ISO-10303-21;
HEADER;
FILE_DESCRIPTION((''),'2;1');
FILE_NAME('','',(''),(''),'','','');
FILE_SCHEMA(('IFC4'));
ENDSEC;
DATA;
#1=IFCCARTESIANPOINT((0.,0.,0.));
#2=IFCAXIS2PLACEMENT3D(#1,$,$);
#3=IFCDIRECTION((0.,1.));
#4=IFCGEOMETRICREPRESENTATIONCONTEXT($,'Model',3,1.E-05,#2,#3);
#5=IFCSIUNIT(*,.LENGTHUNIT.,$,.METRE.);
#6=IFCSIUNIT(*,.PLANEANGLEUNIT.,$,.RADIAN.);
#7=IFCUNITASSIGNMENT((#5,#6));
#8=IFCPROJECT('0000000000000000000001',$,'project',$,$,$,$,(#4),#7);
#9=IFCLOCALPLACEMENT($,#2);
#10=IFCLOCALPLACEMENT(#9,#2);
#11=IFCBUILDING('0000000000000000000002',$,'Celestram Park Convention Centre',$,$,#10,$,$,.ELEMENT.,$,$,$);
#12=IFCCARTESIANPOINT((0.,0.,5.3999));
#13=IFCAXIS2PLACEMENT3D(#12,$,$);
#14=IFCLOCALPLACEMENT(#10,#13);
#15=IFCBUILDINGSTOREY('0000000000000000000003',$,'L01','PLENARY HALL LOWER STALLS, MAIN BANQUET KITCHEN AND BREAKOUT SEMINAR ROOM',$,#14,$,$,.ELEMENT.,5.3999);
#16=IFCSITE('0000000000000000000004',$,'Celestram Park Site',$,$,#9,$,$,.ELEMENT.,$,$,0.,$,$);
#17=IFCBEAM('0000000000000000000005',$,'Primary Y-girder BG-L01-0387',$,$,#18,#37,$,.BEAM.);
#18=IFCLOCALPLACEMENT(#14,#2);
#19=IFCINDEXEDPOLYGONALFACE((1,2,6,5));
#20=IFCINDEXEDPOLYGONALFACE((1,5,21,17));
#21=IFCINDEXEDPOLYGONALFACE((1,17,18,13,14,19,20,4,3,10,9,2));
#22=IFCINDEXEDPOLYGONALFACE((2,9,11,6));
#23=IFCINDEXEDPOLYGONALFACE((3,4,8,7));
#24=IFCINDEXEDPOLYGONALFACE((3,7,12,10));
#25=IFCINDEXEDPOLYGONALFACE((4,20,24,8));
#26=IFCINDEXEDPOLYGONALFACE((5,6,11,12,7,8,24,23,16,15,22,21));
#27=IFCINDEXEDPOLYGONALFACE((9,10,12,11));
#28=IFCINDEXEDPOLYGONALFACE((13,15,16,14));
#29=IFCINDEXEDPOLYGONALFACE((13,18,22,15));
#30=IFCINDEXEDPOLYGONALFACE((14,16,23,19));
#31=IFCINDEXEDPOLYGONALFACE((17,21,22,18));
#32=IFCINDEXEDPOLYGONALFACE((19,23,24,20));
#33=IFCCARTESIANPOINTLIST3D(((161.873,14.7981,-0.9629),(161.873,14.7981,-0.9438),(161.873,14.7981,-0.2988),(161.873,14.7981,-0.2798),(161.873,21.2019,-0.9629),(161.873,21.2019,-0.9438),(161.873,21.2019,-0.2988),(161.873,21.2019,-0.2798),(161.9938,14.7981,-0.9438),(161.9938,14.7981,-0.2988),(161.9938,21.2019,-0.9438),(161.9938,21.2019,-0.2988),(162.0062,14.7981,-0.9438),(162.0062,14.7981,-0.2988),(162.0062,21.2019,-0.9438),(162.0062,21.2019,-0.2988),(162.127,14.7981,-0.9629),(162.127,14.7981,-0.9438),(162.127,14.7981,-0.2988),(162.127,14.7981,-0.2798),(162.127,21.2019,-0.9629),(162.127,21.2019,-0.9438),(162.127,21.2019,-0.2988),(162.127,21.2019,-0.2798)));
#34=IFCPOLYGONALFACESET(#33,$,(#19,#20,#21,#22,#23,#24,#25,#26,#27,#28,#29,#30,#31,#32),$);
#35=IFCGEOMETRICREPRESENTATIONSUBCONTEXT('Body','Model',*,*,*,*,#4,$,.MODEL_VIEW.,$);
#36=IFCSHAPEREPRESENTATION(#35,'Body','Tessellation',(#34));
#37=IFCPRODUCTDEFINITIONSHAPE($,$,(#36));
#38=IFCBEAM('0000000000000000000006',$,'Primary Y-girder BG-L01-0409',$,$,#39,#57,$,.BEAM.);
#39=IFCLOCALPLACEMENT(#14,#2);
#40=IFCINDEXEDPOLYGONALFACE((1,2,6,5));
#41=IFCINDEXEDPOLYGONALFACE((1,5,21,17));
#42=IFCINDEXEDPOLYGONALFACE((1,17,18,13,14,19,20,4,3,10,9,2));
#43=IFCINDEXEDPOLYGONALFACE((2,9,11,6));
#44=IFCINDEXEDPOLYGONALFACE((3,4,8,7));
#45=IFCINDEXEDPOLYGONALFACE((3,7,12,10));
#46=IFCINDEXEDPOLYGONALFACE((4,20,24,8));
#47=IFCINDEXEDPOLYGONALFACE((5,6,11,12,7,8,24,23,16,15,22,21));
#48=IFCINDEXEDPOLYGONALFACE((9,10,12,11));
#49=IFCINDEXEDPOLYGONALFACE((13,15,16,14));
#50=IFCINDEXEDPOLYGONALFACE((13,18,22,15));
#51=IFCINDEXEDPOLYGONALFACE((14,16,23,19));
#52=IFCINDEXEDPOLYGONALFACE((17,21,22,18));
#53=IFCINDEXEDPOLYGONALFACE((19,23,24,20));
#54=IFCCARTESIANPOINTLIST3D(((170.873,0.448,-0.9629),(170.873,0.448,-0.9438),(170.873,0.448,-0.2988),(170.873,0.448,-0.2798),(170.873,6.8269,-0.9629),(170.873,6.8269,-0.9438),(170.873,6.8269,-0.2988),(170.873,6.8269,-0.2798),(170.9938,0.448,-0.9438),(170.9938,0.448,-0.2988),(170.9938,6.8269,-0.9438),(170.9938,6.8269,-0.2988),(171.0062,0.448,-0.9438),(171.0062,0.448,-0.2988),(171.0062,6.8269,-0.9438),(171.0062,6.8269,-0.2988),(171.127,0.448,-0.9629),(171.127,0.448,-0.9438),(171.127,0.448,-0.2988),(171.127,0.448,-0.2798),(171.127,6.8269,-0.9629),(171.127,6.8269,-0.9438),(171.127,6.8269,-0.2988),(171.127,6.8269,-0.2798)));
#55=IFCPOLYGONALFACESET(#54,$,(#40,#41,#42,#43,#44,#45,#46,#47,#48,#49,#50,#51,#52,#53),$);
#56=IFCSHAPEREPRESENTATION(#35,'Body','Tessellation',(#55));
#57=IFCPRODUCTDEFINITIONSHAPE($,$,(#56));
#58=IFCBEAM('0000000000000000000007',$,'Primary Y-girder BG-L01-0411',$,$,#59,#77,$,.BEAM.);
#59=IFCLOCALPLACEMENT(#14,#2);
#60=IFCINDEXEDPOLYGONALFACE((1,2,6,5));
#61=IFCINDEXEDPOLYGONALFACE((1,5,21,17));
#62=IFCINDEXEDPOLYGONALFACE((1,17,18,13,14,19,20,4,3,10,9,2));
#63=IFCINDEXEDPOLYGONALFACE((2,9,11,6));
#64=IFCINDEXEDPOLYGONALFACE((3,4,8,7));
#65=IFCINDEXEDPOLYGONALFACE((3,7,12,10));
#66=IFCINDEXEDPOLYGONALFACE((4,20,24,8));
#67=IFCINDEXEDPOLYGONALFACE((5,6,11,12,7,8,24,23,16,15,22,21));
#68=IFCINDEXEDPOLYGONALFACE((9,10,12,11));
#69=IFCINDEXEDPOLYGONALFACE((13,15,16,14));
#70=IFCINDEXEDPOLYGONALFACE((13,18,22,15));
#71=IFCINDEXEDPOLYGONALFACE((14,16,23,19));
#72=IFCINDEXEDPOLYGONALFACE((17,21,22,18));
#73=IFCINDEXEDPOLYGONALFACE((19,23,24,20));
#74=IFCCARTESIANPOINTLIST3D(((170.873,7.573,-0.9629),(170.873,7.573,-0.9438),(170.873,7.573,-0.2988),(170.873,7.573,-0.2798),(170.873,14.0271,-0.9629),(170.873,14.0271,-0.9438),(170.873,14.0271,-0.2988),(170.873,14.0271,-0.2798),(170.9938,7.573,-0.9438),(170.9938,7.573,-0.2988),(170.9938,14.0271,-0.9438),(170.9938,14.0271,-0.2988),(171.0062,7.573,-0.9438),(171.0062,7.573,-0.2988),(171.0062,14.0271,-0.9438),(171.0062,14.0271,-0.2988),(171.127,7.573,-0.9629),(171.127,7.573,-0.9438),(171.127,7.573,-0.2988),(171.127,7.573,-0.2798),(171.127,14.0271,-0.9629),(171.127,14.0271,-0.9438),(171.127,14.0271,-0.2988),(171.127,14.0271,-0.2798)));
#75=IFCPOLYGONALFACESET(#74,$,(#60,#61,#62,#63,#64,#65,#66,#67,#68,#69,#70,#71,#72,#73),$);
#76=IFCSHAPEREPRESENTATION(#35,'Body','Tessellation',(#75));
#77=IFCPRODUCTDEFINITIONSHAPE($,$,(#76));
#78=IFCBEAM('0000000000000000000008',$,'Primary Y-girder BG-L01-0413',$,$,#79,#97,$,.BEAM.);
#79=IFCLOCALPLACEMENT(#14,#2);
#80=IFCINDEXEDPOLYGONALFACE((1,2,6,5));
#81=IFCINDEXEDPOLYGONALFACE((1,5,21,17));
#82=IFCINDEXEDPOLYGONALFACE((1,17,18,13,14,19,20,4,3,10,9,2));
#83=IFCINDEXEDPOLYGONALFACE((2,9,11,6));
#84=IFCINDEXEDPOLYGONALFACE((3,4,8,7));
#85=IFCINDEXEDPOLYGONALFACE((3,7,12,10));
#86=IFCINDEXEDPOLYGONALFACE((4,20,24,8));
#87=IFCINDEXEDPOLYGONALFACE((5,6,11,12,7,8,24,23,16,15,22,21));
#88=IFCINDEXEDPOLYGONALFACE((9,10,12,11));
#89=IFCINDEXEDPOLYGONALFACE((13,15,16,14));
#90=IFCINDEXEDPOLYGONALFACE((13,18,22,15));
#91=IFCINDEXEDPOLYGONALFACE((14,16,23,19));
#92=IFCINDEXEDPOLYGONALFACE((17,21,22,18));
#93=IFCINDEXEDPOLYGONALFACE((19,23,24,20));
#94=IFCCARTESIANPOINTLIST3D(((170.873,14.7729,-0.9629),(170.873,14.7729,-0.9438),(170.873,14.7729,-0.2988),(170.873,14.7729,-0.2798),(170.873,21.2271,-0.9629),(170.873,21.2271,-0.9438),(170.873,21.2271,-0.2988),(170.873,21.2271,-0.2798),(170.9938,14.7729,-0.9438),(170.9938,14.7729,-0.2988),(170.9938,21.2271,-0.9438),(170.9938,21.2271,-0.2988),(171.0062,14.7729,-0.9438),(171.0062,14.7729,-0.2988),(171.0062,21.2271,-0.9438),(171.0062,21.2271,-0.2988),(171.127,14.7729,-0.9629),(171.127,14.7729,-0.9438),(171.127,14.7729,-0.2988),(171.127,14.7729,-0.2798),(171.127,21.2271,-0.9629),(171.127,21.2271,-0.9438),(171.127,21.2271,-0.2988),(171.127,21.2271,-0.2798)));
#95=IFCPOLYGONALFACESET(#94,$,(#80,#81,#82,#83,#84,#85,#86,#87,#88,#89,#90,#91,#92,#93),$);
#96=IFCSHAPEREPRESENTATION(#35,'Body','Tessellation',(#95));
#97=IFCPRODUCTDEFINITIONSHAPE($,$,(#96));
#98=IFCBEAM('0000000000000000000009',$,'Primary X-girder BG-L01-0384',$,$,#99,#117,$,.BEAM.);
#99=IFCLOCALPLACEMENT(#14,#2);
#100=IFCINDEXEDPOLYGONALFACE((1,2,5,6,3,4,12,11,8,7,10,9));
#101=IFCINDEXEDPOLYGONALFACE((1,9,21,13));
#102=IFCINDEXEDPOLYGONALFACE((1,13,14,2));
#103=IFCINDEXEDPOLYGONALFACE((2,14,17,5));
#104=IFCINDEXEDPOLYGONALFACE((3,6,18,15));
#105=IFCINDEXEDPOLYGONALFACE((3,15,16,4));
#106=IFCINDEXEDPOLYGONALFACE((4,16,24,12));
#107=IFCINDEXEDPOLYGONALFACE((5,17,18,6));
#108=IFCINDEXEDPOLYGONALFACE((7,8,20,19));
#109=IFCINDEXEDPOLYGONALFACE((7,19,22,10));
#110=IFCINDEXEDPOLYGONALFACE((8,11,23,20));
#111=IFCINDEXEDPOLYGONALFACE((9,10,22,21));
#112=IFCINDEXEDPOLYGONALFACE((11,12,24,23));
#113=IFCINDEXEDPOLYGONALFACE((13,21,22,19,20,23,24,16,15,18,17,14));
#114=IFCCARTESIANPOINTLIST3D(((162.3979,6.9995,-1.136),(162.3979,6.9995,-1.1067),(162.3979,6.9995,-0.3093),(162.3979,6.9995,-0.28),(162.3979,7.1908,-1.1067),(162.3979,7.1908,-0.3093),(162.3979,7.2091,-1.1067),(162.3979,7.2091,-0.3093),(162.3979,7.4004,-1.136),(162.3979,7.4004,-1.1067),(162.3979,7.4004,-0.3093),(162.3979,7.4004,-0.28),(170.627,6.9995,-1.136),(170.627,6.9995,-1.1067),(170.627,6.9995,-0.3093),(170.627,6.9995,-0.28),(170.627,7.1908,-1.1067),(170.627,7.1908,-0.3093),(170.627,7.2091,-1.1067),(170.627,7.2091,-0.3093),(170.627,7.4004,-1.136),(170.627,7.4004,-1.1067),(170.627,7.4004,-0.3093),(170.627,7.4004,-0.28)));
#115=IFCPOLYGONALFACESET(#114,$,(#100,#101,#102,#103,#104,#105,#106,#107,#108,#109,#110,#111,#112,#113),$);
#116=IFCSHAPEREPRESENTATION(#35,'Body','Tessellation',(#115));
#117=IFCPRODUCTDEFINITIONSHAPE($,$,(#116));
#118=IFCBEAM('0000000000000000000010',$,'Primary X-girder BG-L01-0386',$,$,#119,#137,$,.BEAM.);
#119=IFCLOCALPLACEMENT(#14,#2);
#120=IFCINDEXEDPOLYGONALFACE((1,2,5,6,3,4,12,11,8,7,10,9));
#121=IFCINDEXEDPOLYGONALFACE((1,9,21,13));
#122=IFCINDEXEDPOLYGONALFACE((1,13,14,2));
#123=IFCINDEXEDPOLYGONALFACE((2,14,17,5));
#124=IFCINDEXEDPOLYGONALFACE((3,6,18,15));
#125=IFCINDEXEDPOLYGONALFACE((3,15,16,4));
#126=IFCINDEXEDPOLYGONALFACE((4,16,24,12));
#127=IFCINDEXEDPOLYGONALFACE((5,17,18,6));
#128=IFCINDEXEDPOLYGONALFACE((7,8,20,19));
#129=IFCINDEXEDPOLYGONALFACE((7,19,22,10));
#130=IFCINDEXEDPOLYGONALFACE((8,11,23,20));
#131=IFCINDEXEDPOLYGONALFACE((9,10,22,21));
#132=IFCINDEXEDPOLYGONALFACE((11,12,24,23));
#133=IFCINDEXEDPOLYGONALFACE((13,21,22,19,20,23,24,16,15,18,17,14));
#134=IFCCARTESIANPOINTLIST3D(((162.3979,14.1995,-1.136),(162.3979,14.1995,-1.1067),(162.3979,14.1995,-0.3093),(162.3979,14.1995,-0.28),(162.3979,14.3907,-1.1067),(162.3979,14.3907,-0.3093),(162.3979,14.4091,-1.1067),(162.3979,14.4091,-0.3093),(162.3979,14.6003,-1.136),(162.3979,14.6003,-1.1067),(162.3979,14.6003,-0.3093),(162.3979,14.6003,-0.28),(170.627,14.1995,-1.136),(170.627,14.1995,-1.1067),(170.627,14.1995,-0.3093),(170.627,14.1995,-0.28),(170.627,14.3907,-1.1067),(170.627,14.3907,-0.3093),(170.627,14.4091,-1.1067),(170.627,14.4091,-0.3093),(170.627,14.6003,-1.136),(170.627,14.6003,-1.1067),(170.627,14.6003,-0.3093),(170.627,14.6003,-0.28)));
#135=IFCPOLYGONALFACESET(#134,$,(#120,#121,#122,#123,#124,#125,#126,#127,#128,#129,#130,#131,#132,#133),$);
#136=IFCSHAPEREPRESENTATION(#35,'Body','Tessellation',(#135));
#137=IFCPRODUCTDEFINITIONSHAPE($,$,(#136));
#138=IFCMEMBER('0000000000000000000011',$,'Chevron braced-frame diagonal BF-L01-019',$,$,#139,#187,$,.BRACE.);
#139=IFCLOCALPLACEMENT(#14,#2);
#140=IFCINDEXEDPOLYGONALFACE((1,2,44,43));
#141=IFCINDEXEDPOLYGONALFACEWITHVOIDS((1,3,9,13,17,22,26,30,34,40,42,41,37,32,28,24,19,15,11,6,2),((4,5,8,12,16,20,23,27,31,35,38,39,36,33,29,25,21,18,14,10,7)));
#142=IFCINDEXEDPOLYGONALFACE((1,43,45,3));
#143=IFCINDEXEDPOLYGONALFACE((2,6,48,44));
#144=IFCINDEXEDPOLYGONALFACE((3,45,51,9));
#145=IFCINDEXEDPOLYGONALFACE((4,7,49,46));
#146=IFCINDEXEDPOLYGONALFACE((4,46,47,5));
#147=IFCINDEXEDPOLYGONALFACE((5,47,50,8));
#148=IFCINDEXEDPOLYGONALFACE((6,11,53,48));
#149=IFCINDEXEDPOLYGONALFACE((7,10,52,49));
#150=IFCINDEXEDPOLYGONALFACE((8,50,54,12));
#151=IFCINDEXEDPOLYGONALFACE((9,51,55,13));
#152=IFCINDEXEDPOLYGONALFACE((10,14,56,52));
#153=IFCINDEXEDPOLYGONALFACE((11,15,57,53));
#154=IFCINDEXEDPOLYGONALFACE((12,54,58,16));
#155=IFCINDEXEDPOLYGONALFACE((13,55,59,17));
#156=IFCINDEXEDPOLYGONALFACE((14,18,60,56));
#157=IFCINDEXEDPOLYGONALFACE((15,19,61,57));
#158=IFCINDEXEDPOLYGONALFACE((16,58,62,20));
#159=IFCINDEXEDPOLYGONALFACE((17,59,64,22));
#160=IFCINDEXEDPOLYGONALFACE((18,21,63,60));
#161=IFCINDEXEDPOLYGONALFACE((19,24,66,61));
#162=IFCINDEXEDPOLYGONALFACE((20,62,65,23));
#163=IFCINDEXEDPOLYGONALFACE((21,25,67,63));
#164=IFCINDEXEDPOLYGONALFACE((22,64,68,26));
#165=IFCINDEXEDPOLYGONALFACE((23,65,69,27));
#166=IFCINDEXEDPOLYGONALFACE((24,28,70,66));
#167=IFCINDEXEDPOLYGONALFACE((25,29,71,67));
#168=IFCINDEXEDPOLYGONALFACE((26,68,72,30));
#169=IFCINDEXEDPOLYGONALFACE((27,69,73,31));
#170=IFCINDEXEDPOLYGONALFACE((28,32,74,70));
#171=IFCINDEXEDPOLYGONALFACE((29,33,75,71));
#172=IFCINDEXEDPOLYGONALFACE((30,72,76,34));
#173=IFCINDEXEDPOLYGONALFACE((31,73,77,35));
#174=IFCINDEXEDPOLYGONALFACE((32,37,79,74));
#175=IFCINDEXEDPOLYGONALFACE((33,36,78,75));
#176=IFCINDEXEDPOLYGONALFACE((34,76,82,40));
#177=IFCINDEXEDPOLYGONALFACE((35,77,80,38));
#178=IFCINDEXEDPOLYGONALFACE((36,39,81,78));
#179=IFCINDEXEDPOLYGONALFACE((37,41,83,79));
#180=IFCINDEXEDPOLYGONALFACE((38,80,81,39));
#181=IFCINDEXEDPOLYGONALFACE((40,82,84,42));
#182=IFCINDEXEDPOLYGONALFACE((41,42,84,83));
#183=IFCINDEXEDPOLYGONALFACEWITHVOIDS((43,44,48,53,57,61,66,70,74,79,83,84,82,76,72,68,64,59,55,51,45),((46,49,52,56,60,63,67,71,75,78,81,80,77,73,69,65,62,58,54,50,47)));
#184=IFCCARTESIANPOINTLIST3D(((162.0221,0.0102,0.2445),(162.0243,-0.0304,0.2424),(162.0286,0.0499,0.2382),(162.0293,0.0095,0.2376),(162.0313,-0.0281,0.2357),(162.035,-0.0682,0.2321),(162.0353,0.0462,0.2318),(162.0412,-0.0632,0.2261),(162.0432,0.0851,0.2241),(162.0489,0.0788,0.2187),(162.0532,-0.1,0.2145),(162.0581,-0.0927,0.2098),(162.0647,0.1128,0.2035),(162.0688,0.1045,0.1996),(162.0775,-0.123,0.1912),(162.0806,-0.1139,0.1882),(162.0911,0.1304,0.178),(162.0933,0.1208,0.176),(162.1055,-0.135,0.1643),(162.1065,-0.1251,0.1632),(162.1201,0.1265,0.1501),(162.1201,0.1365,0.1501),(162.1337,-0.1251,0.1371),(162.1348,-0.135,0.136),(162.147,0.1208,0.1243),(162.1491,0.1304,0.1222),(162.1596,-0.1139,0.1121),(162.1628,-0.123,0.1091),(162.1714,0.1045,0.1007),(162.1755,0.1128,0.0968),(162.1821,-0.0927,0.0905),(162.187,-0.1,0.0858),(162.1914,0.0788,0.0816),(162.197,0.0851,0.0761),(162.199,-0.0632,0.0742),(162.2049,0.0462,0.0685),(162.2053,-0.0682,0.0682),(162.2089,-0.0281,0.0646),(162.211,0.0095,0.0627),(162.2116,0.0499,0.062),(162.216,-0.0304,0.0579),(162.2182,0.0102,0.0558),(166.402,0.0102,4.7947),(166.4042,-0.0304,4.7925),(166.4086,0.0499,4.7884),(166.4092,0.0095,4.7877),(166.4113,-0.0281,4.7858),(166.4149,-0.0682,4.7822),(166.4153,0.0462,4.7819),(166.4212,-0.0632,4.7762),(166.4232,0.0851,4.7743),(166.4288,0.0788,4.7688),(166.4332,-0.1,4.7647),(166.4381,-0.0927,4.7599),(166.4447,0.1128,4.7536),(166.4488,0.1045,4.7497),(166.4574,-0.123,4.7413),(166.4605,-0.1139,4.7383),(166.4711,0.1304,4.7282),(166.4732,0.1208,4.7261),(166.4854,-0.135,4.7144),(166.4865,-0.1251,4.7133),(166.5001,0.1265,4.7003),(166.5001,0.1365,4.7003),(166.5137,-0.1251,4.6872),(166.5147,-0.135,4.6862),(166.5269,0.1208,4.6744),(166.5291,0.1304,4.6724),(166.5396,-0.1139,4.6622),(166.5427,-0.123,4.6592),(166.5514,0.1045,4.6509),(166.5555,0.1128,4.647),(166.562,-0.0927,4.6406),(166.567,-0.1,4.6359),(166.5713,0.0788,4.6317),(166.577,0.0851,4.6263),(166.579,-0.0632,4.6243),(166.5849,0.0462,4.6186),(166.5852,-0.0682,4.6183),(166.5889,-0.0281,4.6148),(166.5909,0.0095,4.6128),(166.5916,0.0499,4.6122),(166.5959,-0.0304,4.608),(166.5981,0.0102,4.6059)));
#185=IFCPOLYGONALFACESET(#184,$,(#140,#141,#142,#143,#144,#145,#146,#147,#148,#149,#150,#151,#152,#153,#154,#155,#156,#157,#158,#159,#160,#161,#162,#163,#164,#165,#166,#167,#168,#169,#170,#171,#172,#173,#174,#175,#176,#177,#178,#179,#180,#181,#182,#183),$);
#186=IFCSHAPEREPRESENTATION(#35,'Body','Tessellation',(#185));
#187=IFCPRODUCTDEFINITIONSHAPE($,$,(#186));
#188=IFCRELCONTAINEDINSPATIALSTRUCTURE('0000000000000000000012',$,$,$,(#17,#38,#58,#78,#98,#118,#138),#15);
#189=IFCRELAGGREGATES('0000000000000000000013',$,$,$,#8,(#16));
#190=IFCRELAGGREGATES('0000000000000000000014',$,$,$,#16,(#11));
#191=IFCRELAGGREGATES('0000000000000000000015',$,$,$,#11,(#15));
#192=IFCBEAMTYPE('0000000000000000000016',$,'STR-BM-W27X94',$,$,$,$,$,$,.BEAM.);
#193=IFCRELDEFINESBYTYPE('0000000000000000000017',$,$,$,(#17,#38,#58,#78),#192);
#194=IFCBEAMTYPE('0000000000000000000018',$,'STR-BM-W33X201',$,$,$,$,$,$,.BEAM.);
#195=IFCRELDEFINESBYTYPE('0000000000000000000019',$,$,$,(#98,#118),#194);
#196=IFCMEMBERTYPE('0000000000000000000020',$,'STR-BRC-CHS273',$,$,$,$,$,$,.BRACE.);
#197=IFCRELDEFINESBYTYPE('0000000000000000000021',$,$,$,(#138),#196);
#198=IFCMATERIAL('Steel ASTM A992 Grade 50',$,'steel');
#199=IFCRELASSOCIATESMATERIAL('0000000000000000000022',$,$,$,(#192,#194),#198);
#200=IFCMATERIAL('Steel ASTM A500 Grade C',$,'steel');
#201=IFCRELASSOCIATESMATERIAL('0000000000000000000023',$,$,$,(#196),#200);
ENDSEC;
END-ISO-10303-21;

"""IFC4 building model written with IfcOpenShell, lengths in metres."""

from ifc_helpers import new_model, si_unit, direction, frame, origin, origin_2d, place, context, subcontext, project, spatial, hollow_circle, i_section, extrude, material, material_profile, profile_set, type_object, element, save


model = new_model("IFC4")

# Units and contexts
model_context = context("Model", 3, precision=1e-05, world=origin(), true_north=direction((0.0, 1.0)))
body_context = subcontext(model_context, "Body", "Model", "MODEL_VIEW")
ifc_project = project(units=[si_unit("LENGTHUNIT", "METRE"), si_unit("PLANEANGLEUNIT", "RADIAN")], contexts=[model_context])

# Site, building, storey
site_placement = place(None, origin())
site = spatial("IfcSite", under=ifc_project, at=site_placement, Name="Celestram Park Site", CompositionType="ELEMENT", RefElevation=0.0)
building_placement = place(site_placement, origin())
building = spatial("IfcBuilding", under=site, at=building_placement, Name="Celestram Park Convention Centre", CompositionType="ELEMENT")
storey_placement = place(building_placement, frame((0.0, 0.0, 5.3999)))
storey = spatial("IfcBuildingStorey", under=building, at=storey_placement, Name="L01", Description="PLENARY HALL LOWER STALLS, MAIN BANQUET KITCHEN AND BREAKOUT SEMINAR ROOM", CompositionType="ELEMENT", Elevation=5.3999)

# Beams
ifc_material_1 = material(Name="Steel ASTM A992 Grade 50", Category="steel")
ifc_material_profile_1 = material_profile(ifc_material_1, i_section(OverallWidth=0.2539, OverallDepth=0.6831, WebThickness=0.0125, FlangeThickness=0.019, at=origin_2d()), Name="W27X94")
ifc_profile_set_1 = profile_set([ifc_material_profile_1], Name="Steel ASTM A992 Grade 50")
beam_type_1 = type_object("IfcBeamType", Name="STR-BM-W27X94", PredefinedType="BEAM", material=ifc_profile_set_1)
beam_1_placement = place(storey_placement, frame((162.0, 14.7981, -0.6213), z_axis=(0.0, 1.0, 0.0), x_axis=(-1.0, 0.0, 0.0)))
element("IfcBeam", 1, at=beam_1_placement, inside=storey, type_object=beam_type_1, Name="Primary Y-girder BG-L01-0387", PredefinedType="BEAM", context=body_context, shape_type="SweptSolid", body=[
    extrude(i_section(OverallWidth=0.2539, OverallDepth=0.6831, WebThickness=0.0125, FlangeThickness=0.019, at=origin_2d()), origin(), (0.0, 0.0, 1.0), 6.4038),
])
beam_2_placement = place(storey_placement, frame((171.0, 0.448, -0.6213), z_axis=(0.0, 1.0, 0.0), x_axis=(-1.0, 0.0, 0.0)))
element("IfcBeam", 2, at=beam_2_placement, inside=storey, type_object=beam_type_1, Name="Primary Y-girder BG-L01-0409", PredefinedType="BEAM", context=body_context, shape_type="SweptSolid", body=[
    extrude(i_section(OverallWidth=0.2539, OverallDepth=0.6831, WebThickness=0.0125, FlangeThickness=0.019, at=origin_2d()), origin(), (0.0, 0.0, 1.0), 6.3789),
])
for number, where, z_axis, x_axis, name in (
    (3, (171.0, 7.573, -0.6213), (0.0, 1.0, 0.0), (-1.0, 0.0, 0.0), "Primary Y-girder BG-L01-0411"),
    (4, (171.0, 14.7729, -0.6213), (0.0, 1.0, 0.0), (-1.0, 0.0, 0.0), "Primary Y-girder BG-L01-0413"),
):
    element("IfcBeam", number, at=place(storey_placement, frame(where, z_axis=z_axis, x_axis=x_axis)), inside=storey, type_object=beam_type_1, Name=name, PredefinedType="BEAM", context=body_context, shape_type="SweptSolid", body=[
        extrude(i_section(OverallWidth=0.2539, OverallDepth=0.6831, WebThickness=0.0125, FlangeThickness=0.019, at=origin_2d()), origin(), (0.0, 0.0, 1.0), 6.4541),
    ])
ifc_material_profile_2 = material_profile(ifc_material_1, i_section(OverallWidth=0.4009, OverallDepth=0.856, WebThickness=0.0183, FlangeThickness=0.0293, at=origin_2d()), Name="W33X201")
ifc_profile_set_2 = profile_set([ifc_material_profile_2], Name="Steel ASTM A992 Grade 50")
beam_type_2 = type_object("IfcBeamType", Name="STR-BM-W33X201", PredefinedType="BEAM", material=ifc_profile_set_2)
for number, where, z_axis, x_axis, name in (
    (5, (162.3979, 7.2, -0.708), (1.0, 0.0, 0.0), (0.0, 1.0, 0.0), "Primary X-girder BG-L01-0384"),
    (6, (162.3979, 14.3999, -0.708), (1.0, 0.0, 0.0), (0.0, 1.0, 0.0), "Primary X-girder BG-L01-0386"),
):
    element("IfcBeam", number, at=place(storey_placement, frame(where, z_axis=z_axis, x_axis=x_axis)), inside=storey, type_object=beam_type_2, Name=name, PredefinedType="BEAM", context=body_context, shape_type="SweptSolid", body=[
        extrude(i_section(OverallWidth=0.4009, OverallDepth=0.856, WebThickness=0.0183, FlangeThickness=0.0293, at=origin_2d()), origin(), (0.0, 0.0, 1.0), 8.229),
    ])

# Member
ifc_material_2 = material(Name="Steel ASTM A500 Grade C", Category="steel")
ifc_material_profile_3 = material_profile(ifc_material_2, hollow_circle(Radius=0.1365, WallThickness=0.01, at=origin_2d()), Name="CHS273X10")
ifc_profile_set_3 = profile_set([ifc_material_profile_3], Name="Steel ASTM A500 Grade C")
member_type_1 = type_object("IfcMemberType", Name="STR-BRC-CHS273", PredefinedType="BRACE", material=ifc_profile_set_3)
for number, where, z_axis, x_axis, name in (
    (7, (162.1201, 0.0, 0.1501), (0.693506, 0.0, 0.72045), (0.0, 1.0, 0.0), "Chevron braced-frame diagonal BF-L01-019"),
):
    element("IfcMember", number, at=place(storey_placement, frame(where, z_axis=z_axis, x_axis=x_axis)), inside=storey, type_object=member_type_1, Name=name, PredefinedType="BRACE", context=body_context, shape_type="SweptSolid", body=[
        extrude(hollow_circle(Radius=0.1365, WallThickness=0.01, at=origin_2d()), origin(), (0.0, 0.0, 1.0), 6.3157),
    ])

save(model, "model.ifc")
